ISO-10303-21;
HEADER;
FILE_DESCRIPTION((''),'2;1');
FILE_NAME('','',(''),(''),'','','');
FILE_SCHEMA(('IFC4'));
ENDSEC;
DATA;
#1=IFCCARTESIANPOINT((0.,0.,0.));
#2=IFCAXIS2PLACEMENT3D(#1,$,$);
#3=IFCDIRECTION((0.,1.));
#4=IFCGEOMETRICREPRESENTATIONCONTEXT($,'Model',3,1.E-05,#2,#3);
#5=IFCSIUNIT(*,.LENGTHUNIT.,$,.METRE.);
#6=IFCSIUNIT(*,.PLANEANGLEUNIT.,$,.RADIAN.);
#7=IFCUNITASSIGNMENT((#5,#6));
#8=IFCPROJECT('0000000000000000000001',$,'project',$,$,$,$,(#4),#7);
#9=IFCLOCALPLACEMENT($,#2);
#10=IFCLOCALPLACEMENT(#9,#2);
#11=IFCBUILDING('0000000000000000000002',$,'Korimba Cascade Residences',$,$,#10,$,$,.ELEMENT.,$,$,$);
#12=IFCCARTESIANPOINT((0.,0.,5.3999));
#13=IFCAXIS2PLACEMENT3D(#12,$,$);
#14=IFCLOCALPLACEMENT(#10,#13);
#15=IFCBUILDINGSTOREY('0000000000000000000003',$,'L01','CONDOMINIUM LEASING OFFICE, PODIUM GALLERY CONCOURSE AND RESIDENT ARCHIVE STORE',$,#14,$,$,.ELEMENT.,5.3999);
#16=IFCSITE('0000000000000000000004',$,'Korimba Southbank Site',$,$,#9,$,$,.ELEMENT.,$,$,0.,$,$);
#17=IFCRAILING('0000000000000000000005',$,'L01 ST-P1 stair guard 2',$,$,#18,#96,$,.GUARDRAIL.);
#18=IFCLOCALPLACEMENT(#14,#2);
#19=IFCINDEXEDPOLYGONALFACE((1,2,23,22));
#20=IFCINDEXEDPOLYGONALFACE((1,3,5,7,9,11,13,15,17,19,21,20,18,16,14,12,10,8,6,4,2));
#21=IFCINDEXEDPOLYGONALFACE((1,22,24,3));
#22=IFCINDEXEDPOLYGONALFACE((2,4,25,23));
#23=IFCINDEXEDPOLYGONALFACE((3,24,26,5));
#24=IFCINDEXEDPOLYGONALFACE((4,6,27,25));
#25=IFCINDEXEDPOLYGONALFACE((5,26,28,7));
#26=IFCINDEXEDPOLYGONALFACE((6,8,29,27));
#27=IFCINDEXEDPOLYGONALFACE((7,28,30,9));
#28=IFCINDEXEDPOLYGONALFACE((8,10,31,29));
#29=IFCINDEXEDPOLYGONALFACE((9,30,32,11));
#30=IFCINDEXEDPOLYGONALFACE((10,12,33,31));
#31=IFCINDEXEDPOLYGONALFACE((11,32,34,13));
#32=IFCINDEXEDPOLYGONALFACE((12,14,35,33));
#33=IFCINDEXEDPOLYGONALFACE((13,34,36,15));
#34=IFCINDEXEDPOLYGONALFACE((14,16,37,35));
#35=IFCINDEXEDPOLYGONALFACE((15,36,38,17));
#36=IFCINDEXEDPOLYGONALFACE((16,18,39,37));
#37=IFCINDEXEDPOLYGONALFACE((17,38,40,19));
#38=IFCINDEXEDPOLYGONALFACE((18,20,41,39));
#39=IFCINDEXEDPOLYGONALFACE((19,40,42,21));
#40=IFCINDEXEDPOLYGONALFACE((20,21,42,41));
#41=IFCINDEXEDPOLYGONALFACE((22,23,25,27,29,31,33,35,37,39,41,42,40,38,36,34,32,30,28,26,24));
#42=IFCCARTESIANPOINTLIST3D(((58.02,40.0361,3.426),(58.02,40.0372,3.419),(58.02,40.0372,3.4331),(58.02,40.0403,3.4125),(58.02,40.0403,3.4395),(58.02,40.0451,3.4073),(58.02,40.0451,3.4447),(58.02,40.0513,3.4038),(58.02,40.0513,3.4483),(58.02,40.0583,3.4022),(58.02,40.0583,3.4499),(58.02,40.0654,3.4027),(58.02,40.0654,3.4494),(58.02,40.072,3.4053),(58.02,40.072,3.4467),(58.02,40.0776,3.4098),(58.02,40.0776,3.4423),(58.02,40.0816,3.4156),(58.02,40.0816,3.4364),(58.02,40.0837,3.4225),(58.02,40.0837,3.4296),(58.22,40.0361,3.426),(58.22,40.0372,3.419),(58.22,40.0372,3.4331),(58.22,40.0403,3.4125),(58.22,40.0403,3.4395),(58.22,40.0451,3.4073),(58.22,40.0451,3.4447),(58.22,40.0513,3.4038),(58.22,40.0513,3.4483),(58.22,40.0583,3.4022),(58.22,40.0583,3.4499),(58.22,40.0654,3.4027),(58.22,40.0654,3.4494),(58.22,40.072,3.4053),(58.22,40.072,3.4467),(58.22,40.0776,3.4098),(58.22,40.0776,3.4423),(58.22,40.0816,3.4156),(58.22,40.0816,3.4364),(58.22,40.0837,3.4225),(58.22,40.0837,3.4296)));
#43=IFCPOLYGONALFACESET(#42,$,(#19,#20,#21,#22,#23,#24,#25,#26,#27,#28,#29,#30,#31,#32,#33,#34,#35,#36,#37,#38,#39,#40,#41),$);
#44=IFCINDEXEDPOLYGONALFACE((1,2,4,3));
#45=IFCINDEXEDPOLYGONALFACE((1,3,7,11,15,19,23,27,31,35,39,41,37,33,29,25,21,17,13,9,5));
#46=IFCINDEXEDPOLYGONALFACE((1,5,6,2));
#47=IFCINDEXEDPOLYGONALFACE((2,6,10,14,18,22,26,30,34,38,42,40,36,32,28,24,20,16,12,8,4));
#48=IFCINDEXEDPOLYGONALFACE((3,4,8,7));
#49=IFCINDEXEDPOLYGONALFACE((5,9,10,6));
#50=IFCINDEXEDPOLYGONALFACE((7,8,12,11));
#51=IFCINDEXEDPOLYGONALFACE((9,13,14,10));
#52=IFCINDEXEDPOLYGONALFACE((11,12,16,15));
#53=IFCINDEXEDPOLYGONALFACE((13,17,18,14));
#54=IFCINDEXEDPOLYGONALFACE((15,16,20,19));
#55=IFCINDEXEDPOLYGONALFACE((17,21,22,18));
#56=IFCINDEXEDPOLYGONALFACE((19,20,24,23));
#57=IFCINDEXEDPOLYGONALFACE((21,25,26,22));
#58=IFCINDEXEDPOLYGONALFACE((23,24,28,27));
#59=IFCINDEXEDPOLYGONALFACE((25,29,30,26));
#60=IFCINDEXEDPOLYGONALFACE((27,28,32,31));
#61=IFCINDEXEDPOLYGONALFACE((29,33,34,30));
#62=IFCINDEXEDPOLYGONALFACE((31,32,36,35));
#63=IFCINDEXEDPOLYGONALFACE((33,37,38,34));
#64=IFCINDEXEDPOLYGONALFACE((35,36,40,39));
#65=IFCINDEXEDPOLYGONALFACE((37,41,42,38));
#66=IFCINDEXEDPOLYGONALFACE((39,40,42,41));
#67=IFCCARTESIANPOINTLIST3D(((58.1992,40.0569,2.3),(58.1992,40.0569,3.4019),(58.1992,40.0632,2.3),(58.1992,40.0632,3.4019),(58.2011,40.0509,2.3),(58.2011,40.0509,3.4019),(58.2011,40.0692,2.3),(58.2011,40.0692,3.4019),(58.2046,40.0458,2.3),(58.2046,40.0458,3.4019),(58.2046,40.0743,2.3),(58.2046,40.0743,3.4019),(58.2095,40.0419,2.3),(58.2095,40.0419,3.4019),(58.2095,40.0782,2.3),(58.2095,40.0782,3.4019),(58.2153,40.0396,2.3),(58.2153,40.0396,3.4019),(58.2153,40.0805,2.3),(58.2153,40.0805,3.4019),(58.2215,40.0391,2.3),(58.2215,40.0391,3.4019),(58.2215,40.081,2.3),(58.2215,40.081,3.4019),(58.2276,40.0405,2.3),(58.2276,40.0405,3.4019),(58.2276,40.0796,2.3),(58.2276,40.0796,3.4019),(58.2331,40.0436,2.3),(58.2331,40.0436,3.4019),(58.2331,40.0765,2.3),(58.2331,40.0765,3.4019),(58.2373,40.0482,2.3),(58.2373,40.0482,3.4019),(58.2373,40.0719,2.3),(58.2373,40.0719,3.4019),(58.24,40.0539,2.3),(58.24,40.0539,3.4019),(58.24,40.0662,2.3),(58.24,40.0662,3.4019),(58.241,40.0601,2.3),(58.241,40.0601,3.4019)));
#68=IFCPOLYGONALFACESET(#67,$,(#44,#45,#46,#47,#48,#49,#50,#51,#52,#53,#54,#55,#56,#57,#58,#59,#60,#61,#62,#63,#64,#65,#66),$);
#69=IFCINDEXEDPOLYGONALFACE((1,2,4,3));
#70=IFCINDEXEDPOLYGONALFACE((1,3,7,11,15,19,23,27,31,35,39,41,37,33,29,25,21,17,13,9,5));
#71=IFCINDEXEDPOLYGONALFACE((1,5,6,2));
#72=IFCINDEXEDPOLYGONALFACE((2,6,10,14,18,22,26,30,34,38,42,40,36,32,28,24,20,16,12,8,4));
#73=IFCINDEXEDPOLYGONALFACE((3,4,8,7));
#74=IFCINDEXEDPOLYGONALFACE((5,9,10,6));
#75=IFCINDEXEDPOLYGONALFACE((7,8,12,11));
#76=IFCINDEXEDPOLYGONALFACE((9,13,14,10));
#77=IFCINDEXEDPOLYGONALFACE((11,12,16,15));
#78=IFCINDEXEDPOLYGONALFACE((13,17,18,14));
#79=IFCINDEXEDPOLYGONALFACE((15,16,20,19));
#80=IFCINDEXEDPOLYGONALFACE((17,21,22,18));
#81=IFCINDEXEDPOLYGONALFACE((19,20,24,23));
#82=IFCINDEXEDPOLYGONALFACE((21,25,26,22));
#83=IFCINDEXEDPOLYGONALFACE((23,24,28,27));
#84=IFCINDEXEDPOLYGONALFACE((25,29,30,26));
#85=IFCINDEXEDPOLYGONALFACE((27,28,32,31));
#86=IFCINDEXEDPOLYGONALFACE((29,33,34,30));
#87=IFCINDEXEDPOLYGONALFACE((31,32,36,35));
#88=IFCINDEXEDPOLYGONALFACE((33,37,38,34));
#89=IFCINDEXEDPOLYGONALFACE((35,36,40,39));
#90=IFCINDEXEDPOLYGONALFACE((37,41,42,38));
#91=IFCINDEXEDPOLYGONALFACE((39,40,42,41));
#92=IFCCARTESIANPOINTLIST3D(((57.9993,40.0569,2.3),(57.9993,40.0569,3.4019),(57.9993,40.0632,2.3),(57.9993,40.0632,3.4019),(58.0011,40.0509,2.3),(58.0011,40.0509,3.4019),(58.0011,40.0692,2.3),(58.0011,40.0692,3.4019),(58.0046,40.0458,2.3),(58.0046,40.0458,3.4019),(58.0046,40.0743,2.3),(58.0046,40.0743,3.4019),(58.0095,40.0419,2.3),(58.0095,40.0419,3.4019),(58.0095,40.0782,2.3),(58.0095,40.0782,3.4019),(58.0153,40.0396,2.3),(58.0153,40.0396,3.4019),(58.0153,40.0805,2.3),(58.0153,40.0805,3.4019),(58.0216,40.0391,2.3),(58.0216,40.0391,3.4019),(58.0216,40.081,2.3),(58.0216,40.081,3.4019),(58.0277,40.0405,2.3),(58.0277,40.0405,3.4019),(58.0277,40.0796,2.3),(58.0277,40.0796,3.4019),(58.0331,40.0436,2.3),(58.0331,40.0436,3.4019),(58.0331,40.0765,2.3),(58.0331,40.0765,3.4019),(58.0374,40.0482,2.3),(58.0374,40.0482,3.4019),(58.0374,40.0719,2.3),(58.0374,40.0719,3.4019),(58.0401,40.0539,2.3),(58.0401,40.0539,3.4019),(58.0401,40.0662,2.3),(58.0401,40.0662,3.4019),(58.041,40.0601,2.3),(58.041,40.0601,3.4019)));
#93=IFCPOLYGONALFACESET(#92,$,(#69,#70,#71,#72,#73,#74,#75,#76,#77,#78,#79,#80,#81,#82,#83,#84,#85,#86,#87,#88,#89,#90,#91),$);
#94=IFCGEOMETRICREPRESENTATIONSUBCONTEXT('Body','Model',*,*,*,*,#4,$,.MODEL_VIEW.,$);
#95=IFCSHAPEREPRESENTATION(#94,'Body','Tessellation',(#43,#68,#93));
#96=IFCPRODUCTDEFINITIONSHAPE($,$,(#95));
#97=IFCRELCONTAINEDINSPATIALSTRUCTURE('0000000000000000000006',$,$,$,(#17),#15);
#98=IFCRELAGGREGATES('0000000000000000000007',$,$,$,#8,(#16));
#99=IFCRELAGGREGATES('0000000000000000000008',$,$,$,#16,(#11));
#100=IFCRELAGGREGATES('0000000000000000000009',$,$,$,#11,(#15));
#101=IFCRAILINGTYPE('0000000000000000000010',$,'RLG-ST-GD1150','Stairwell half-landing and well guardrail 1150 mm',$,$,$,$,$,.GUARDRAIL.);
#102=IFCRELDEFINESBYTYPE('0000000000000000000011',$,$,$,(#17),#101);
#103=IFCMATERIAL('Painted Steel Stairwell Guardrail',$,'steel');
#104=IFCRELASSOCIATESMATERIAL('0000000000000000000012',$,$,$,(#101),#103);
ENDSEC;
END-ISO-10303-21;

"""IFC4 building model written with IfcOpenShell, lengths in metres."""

from ifc_helpers import new_model, si_unit, direction, frame, origin, origin_2d, place, context, subcontext, project, spatial, circle, extrude, material, type_object, element, save


model = new_model("IFC4")

# Units and contexts
model_context = context("Model", 3, precision=1e-05, world=origin(), true_north=direction((0.0, 1.0)))
body_context = subcontext(model_context, "Body", "Model", "MODEL_VIEW")
ifc_project = project(units=[si_unit("LENGTHUNIT", "METRE"), si_unit("PLANEANGLEUNIT", "RADIAN")], contexts=[model_context])

# Site, building, storey
site_placement = place(None, origin())
site = spatial("IfcSite", under=ifc_project, at=site_placement, Name="Korimba Southbank Site", CompositionType="ELEMENT", RefElevation=0.0)
building_placement = place(site_placement, origin())
building = spatial("IfcBuilding", under=site, at=building_placement, Name="Korimba Cascade Residences", CompositionType="ELEMENT")
storey_placement = place(building_placement, frame((0.0, 0.0, 5.3999)))
storey = spatial("IfcBuildingStorey", under=building, at=storey_placement, Name="L01", Description="CONDOMINIUM LEASING OFFICE, PODIUM GALLERY CONCOURSE AND RESIDENT ARCHIVE STORE", CompositionType="ELEMENT", Elevation=5.3999)

# Railing
ifc_material_1 = material(Name="Painted Steel Stairwell Guardrail", Category="steel")
railing_type_1 = type_object("IfcRailingType", Name="RLG-ST-GD1150", Description="Stairwell half-landing and well guardrail 1150 mm", PredefinedType="GUARDRAIL", material=ifc_material_1)
railing_1_placement = place(storey_placement, frame((58.22, 40.0601, 2.3)))
element("IfcRailing", 1, at=railing_1_placement, inside=storey, type_object=railing_type_1, Name="L01 ST-P1 stair guard 2", PredefinedType="GUARDRAIL", context=body_context, shape_type="SweptSolid", body=[
    extrude(circle(Radius=0.0239, at=origin_2d()), frame((0.0, 0.0, 1.126), z_axis=(-1.0, 0.0, 0.0), x_axis=(0.0, -1.0, 0.0)), (0.0, 0.0, 1.0), 0.2),
    extrude(circle(Radius=0.021, at=origin_2d()), origin(), (0.0, 0.0, 1.0), 1.1018),
    extrude(circle(Radius=0.021, at=origin_2d()), frame((-0.2, 0.0, 0.0)), (0.0, 0.0, 1.0), 1.1018),
])

save(model, "model.ifc")
